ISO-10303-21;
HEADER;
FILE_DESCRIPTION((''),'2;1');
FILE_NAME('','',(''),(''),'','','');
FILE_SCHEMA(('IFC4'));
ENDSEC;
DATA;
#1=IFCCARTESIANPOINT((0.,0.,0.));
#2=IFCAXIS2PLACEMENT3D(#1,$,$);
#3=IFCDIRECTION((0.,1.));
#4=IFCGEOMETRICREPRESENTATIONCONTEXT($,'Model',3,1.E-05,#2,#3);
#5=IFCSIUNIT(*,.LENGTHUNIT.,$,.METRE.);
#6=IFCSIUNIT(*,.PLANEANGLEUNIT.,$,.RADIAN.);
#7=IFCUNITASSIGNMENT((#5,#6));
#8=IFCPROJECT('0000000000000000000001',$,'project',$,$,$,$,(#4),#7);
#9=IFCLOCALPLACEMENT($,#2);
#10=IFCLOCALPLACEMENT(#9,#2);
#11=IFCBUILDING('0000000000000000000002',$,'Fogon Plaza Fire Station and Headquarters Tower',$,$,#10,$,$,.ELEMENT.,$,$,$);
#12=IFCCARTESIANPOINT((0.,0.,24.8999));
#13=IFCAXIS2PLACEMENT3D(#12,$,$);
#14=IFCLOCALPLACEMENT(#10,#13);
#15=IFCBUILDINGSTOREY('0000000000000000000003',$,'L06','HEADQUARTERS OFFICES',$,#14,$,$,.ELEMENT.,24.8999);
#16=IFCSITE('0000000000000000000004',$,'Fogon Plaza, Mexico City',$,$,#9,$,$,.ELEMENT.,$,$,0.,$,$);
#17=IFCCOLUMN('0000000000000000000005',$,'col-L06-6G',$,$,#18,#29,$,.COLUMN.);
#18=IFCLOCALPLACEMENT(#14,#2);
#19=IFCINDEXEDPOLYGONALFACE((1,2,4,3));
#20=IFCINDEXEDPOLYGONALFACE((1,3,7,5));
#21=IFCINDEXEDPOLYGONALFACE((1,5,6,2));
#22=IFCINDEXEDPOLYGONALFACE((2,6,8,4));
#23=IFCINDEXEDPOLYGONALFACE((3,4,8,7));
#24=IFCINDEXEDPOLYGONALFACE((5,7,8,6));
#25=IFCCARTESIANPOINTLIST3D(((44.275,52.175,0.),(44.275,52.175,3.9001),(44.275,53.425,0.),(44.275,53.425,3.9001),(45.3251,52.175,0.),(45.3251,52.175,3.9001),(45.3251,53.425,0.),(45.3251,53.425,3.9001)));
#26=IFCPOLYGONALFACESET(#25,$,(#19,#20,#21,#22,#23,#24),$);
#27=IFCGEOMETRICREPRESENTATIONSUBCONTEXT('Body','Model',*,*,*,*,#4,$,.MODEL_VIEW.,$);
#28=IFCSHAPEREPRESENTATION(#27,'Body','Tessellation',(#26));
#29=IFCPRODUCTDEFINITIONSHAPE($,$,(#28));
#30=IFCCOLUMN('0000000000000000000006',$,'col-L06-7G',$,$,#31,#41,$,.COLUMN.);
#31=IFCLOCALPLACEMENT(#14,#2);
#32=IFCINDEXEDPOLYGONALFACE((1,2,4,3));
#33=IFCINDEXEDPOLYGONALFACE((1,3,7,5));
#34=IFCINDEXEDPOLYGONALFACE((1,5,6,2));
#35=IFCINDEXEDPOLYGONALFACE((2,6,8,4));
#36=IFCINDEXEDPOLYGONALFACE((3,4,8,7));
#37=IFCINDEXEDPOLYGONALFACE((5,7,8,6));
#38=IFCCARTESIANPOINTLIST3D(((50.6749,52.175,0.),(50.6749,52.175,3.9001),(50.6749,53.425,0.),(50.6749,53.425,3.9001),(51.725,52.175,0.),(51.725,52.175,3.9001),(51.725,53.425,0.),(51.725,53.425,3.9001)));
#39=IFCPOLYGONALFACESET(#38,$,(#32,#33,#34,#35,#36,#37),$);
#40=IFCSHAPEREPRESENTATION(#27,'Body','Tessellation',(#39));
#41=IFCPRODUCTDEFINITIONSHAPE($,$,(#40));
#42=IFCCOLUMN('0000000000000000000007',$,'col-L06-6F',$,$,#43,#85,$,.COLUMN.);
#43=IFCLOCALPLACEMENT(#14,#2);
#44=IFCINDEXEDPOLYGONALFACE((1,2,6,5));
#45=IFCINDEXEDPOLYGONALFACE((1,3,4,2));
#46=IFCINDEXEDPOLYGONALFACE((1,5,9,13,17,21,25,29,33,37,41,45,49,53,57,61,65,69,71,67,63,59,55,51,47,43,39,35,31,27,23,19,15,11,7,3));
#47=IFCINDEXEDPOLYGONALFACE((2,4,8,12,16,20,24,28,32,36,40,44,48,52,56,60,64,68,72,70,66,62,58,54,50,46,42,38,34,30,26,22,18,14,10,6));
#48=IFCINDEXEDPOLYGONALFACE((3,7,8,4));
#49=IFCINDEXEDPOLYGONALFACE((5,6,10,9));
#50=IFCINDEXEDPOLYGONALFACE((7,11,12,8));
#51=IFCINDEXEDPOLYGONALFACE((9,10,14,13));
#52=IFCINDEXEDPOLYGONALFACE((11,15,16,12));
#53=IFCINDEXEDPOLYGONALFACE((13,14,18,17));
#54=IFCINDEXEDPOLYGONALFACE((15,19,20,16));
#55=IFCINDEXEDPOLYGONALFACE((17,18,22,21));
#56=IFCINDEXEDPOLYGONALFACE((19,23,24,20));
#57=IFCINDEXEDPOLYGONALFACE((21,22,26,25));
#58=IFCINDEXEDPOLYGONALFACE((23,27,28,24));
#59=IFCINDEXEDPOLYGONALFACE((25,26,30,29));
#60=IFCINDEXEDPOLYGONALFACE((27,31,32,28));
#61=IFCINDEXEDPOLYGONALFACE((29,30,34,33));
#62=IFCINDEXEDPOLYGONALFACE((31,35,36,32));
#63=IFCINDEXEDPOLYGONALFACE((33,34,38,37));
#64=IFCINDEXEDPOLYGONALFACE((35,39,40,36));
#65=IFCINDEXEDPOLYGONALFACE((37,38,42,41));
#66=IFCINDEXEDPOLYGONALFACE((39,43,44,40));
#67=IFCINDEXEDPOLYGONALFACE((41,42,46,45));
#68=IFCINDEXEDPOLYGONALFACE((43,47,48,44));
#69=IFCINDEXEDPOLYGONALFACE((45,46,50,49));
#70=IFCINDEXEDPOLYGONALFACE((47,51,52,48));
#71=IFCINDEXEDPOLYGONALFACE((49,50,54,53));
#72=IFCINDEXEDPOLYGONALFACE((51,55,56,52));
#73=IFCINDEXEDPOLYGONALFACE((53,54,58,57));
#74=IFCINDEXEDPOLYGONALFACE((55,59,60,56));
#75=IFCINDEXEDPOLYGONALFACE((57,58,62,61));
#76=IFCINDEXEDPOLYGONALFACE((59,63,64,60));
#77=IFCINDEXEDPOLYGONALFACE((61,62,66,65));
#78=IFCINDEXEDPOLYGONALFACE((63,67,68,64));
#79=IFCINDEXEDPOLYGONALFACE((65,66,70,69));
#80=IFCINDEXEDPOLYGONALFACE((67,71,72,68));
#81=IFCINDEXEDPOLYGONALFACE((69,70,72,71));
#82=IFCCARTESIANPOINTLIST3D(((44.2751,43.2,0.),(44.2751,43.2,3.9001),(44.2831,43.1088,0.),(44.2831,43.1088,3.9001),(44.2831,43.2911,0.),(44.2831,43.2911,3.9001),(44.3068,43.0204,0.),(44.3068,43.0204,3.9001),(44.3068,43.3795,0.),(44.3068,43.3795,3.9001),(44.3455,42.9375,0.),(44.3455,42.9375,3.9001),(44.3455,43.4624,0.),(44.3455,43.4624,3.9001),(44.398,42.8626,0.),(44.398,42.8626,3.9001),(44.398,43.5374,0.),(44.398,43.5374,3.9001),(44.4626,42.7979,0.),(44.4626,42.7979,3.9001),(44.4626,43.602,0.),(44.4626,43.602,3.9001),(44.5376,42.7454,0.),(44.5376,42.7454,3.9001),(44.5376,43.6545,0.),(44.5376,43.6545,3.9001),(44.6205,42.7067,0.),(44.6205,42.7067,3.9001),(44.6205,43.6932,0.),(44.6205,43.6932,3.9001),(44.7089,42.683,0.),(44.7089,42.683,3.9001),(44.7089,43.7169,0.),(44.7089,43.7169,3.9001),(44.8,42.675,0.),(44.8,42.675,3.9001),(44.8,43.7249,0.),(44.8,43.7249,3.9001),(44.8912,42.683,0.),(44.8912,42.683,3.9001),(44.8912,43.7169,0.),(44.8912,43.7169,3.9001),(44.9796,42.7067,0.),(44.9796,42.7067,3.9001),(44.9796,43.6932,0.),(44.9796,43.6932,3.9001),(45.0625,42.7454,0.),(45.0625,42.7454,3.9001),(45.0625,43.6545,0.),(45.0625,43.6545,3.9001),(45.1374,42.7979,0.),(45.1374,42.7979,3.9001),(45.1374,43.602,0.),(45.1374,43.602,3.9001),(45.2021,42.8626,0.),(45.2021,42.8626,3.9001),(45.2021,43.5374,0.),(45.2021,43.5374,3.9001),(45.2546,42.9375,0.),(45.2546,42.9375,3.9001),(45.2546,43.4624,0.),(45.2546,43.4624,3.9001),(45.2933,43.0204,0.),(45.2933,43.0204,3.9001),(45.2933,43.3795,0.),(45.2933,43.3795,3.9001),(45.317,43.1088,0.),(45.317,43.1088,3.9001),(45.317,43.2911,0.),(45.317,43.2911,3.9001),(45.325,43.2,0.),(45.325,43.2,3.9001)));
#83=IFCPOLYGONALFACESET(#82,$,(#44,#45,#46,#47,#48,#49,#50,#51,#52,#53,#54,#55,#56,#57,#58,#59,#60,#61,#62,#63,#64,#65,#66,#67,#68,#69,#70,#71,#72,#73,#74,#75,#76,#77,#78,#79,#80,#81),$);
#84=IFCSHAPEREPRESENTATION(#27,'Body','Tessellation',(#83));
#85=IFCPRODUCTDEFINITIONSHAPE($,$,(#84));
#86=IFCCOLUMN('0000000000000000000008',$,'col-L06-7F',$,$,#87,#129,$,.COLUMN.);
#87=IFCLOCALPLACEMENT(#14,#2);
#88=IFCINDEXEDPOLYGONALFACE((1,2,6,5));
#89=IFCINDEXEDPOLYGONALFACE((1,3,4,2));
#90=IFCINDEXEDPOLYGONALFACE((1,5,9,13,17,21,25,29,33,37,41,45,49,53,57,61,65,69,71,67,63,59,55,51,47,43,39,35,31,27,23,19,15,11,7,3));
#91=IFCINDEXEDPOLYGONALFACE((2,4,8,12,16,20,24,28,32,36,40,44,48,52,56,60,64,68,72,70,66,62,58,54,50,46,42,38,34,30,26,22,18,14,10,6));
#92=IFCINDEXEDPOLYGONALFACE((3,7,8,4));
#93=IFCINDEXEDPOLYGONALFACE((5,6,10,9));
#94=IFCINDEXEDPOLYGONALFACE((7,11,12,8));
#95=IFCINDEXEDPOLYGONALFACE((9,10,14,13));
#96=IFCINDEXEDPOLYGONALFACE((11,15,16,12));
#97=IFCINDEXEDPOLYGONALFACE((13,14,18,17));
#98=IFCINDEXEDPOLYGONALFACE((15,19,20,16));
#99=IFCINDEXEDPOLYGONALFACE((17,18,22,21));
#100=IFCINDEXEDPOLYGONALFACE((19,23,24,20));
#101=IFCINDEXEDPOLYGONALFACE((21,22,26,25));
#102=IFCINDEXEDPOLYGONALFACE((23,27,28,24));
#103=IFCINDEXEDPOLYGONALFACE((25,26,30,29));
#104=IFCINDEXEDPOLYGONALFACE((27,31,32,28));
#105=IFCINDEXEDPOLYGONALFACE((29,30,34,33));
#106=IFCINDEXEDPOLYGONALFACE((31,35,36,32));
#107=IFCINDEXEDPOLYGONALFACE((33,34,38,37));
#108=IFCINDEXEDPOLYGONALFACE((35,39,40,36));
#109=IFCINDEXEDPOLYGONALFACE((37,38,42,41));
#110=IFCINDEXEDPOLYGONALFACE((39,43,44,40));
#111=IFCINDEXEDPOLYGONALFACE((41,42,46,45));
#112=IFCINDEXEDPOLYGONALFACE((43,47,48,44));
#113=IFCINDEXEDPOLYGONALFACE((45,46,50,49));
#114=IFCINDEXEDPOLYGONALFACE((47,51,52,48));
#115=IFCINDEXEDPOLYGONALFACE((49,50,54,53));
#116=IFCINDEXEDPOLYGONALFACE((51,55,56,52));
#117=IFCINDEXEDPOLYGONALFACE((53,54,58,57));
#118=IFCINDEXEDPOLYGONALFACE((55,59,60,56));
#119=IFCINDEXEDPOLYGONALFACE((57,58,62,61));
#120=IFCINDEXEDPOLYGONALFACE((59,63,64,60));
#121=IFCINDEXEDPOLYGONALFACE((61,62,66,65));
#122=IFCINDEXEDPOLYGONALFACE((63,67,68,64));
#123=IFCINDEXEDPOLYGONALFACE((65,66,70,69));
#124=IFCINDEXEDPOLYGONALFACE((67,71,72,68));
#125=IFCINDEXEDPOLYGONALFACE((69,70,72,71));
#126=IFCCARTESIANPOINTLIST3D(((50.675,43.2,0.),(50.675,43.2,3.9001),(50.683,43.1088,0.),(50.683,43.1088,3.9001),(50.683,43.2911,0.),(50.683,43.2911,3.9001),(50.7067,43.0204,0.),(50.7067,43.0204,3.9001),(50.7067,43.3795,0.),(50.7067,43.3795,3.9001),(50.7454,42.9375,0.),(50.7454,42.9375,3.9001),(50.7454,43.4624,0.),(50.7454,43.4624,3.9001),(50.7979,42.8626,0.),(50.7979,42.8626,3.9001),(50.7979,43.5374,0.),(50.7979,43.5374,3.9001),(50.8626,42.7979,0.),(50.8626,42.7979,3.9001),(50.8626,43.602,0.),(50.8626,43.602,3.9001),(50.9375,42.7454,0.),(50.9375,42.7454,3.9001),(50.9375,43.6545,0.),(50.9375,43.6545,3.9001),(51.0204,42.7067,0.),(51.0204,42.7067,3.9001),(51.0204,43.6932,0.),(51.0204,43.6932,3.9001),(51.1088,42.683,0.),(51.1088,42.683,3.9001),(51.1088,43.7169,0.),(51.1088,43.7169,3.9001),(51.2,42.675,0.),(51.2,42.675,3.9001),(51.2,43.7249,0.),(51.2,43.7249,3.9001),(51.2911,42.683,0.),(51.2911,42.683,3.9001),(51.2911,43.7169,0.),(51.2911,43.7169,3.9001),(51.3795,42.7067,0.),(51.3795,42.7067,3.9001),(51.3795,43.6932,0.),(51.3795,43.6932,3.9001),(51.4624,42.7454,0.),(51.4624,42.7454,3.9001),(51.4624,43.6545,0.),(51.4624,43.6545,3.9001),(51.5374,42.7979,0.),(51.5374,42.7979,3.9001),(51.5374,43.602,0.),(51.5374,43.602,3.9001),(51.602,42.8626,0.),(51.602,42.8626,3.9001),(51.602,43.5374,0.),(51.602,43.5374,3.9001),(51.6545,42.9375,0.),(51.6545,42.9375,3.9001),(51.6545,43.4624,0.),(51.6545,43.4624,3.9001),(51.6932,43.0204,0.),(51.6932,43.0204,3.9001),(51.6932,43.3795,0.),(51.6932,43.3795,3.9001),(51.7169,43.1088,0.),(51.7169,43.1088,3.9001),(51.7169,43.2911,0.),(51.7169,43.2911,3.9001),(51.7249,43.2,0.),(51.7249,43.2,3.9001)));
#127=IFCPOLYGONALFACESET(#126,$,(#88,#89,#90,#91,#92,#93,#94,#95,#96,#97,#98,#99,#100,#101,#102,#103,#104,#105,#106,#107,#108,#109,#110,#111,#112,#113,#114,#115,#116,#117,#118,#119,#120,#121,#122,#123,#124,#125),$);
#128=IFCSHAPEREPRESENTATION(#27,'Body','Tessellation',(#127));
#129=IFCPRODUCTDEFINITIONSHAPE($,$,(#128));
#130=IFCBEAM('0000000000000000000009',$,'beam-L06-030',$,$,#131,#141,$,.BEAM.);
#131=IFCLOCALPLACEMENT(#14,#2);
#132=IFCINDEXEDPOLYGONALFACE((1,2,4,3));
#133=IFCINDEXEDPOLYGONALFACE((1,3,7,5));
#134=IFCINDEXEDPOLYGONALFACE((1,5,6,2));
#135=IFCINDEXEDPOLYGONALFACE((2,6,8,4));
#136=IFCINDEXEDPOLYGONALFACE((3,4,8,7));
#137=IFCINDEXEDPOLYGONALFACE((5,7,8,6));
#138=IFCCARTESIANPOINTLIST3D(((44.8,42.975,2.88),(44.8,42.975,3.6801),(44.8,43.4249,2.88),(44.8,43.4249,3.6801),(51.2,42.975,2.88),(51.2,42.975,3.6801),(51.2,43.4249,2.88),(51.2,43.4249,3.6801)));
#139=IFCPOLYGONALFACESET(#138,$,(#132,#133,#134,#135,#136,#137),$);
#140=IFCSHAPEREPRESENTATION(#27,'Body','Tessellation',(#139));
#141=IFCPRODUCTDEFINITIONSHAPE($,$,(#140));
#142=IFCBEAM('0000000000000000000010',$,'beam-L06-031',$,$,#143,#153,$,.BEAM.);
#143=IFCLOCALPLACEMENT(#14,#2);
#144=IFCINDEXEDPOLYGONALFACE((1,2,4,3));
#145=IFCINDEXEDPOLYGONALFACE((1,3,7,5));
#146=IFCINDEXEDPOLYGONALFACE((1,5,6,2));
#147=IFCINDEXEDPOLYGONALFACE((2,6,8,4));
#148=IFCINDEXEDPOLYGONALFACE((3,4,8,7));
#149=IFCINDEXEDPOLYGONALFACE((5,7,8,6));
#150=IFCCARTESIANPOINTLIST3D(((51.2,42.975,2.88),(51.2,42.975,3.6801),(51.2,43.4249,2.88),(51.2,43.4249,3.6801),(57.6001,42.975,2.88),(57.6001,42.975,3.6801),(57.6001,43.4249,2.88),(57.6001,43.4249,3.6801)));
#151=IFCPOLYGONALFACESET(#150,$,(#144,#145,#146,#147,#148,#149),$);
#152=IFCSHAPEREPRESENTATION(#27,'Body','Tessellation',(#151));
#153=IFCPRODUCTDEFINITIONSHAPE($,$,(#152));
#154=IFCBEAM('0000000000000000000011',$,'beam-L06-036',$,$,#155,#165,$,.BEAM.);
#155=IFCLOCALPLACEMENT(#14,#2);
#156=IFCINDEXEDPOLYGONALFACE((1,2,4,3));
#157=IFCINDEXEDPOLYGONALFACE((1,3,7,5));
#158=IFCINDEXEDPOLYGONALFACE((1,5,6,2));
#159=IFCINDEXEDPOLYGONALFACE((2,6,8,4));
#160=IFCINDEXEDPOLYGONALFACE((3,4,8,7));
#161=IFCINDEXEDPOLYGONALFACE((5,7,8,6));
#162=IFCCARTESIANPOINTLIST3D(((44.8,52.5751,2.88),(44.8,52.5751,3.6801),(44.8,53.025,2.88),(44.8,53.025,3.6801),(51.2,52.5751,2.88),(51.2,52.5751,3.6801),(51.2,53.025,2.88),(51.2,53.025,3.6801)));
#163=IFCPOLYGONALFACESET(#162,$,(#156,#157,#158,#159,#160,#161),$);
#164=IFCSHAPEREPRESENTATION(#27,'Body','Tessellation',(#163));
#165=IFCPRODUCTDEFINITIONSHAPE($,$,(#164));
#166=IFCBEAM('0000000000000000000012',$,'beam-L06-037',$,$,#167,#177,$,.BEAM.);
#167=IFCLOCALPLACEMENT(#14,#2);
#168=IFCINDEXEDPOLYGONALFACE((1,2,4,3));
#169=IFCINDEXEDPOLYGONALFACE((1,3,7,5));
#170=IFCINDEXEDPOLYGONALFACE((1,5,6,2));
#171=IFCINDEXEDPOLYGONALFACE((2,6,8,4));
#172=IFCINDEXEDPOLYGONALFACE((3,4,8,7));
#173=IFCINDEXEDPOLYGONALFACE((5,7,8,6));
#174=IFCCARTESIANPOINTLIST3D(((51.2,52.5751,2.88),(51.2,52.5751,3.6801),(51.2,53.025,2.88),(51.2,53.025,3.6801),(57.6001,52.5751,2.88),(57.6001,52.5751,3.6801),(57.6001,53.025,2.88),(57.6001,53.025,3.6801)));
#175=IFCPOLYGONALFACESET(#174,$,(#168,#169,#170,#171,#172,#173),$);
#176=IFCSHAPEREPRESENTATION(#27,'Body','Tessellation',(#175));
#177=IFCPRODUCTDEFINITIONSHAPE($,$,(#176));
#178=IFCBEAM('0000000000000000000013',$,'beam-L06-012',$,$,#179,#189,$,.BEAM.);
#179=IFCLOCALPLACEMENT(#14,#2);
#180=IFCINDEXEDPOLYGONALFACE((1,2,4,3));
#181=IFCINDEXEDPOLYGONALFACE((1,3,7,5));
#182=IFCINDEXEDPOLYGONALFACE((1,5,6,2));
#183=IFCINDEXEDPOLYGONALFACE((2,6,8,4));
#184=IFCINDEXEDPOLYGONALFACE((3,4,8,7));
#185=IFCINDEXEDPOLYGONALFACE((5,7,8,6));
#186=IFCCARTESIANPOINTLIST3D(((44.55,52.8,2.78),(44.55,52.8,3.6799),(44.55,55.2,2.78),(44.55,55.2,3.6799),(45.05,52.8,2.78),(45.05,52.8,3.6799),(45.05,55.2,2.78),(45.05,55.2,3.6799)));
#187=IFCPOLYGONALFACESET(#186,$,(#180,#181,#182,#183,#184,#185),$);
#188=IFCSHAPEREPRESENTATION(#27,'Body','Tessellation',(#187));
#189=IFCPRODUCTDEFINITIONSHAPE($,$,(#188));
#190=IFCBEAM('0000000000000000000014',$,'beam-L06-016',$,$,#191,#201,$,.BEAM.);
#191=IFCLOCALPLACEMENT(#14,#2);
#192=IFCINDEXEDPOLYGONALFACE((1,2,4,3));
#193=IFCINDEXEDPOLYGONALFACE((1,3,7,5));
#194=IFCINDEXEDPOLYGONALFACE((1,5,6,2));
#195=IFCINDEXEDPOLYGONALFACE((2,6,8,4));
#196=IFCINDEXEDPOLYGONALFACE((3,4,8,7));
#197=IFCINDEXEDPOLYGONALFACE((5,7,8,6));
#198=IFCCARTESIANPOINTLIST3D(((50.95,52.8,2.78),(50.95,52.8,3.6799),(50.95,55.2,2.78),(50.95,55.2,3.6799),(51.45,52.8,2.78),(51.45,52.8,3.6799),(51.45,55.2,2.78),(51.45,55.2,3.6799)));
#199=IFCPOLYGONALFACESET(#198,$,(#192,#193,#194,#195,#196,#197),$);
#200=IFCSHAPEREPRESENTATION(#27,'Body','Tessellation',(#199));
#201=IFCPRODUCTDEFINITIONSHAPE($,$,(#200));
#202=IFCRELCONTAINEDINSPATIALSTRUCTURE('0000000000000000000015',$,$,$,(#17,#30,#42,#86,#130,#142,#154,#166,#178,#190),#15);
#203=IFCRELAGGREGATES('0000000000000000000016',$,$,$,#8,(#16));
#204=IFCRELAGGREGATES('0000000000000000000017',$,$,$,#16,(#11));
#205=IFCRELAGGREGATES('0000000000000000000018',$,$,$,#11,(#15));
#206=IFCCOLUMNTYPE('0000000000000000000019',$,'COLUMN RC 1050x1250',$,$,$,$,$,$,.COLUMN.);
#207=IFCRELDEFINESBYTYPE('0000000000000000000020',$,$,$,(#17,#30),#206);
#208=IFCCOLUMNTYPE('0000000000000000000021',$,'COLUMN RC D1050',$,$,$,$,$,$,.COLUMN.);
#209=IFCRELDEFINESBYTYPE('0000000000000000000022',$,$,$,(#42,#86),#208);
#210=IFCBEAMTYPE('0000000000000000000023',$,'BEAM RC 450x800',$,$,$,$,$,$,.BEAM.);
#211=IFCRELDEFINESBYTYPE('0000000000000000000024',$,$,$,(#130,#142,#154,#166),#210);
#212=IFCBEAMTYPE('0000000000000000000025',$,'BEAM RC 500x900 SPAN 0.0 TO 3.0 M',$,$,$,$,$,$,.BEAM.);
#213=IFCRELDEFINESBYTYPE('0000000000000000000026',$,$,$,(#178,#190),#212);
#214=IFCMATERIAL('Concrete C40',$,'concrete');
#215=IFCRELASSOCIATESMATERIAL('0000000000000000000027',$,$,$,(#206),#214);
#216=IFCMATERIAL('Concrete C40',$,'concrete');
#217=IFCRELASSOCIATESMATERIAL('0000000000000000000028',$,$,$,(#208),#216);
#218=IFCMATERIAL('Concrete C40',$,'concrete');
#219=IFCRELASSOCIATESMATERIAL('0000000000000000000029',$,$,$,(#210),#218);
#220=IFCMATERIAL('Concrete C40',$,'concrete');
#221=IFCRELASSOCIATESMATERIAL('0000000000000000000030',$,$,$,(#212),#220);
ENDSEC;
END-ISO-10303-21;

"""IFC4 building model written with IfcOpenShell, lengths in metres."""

from ifc_helpers import new_model, si_unit, direction, frame, origin, origin_2d, place, context, subcontext, project, spatial, rectangle, circle, extrude, material, material_profile, profile_set, type_object, element, save


model = new_model("IFC4")

# Units and contexts
model_context = context("Model", 3, precision=1e-05, world=origin(), true_north=direction((0.0, 1.0)))
body_context = subcontext(model_context, "Body", "Model", "MODEL_VIEW")
ifc_project = project(units=[si_unit("LENGTHUNIT", "METRE"), si_unit("PLANEANGLEUNIT", "RADIAN")], contexts=[model_context])

# Site, building, storey
site_placement = place(None, origin())
site = spatial("IfcSite", under=ifc_project, at=site_placement, Name="Fogon Plaza, Mexico City", CompositionType="ELEMENT", RefElevation=0.0)
building_placement = place(site_placement, origin())
building = spatial("IfcBuilding", under=site, at=building_placement, Name="Fogon Plaza Fire Station and Headquarters Tower", CompositionType="ELEMENT")
storey_placement = place(building_placement, frame((0.0, 0.0, 24.8999)))
storey = spatial("IfcBuildingStorey", under=building, at=storey_placement, Name="L06", Description="HEADQUARTERS OFFICES", CompositionType="ELEMENT", Elevation=24.8999)

# Columns
ifc_material_1 = material(Name="Concrete C40", Category="concrete")
ifc_material_profile_1 = material_profile(ifc_material_1, rectangle(XDim=1.05, YDim=1.25, at=origin_2d()), Name="RC 1050x1250")
ifc_profile_set_1 = profile_set([ifc_material_profile_1], Name="Concrete C40")
column_type_1 = type_object("IfcColumnType", Name="COLUMN RC 1050x1250", PredefinedType="COLUMN", material=ifc_profile_set_1)
for number, where, z_axis, x_axis, name in (
    (1, (44.8, 52.8, 0.0), (0.0, 0.0, 1.0), (1.0, 0.0, 0.0), "col-L06-6G"),
    (2, (51.2, 52.8, 0.0), (0.0, 0.0, 1.0), (1.0, 0.0, 0.0), "col-L06-7G"),
):
    element("IfcColumn", number, at=place(storey_placement, frame(where, z_axis=z_axis, x_axis=x_axis)), inside=storey, type_object=column_type_1, Name=name, PredefinedType="COLUMN", context=body_context, shape_type="SweptSolid", body=[
        extrude(rectangle(XDim=1.05, YDim=1.25, at=origin_2d()), origin(), (0.0, 0.0, 1.0), 3.9001),
    ])
ifc_material_2 = material(Name="Concrete C40", Category="concrete")
ifc_material_profile_2 = material_profile(ifc_material_2, circle(Radius=0.5249, at=origin_2d()), Name="RC D1050")
ifc_profile_set_2 = profile_set([ifc_material_profile_2], Name="Concrete C40")
column_type_2 = type_object("IfcColumnType", Name="COLUMN RC D1050", PredefinedType="COLUMN", material=ifc_profile_set_2)
for number, where, z_axis, x_axis, name in (
    (3, (44.8, 43.2, 0.0), (0.0, 0.0, 1.0), (1.0, 0.0, 0.0), "col-L06-6F"),
    (4, (51.2, 43.2, 0.0), (0.0, 0.0, 1.0), (1.0, 0.0, 0.0), "col-L06-7F"),
):
    element("IfcColumn", number, at=place(storey_placement, frame(where, z_axis=z_axis, x_axis=x_axis)), inside=storey, type_object=column_type_2, Name=name, PredefinedType="COLUMN", context=body_context, shape_type="SweptSolid", body=[
        extrude(circle(Radius=0.5249, at=origin_2d()), origin(), (0.0, 0.0, 1.0), 3.9001),
    ])

# Beams
ifc_material_3 = material(Name="Concrete C40", Category="concrete")
ifc_material_profile_3 = material_profile(ifc_material_3, rectangle(XDim=0.45, YDim=0.8, at=origin_2d()), Name="RC 450x800")
ifc_profile_set_3 = profile_set([ifc_material_profile_3], Name="Concrete C40")
beam_type_1 = type_object("IfcBeamType", Name="BEAM RC 450x800", PredefinedType="BEAM", material=ifc_profile_set_3)
beam_1_placement = place(storey_placement, frame((44.8, 43.2, 3.28), z_axis=(1.0, 0.0, 0.0), x_axis=(0.0, 1.0, 0.0)))
element("IfcBeam", 5, at=beam_1_placement, inside=storey, type_object=beam_type_1, Name="beam-L06-030", PredefinedType="BEAM", context=body_context, shape_type="SweptSolid", body=[
    extrude(rectangle(XDim=0.45, YDim=0.8, at=origin_2d()), origin(), (0.0, 0.0, 1.0), 6.3999),
])
beam_2_placement = place(storey_placement, frame((51.2, 43.2, 3.28), z_axis=(1.0, 0.0, 0.0), x_axis=(0.0, 1.0, 0.0)))
element("IfcBeam", 6, at=beam_2_placement, inside=storey, type_object=beam_type_1, Name="beam-L06-031", PredefinedType="BEAM", context=body_context, shape_type="SweptSolid", body=[
    extrude(rectangle(XDim=0.45, YDim=0.8, at=origin_2d()), origin(), (0.0, 0.0, 1.0), 6.4001),
])
beam_3_placement = place(storey_placement, frame((44.8, 52.8, 3.28), z_axis=(1.0, 0.0, 0.0), x_axis=(0.0, 1.0, 0.0)))
element("IfcBeam", 7, at=beam_3_placement, inside=storey, type_object=beam_type_1, Name="beam-L06-036", PredefinedType="BEAM", context=body_context, shape_type="SweptSolid", body=[
    extrude(rectangle(XDim=0.45, YDim=0.8, at=origin_2d()), origin(), (0.0, 0.0, 1.0), 6.3999),
])
beam_4_placement = place(storey_placement, frame((51.2, 52.8, 3.28), z_axis=(1.0, 0.0, 0.0), x_axis=(0.0, 1.0, 0.0)))
element("IfcBeam", 8, at=beam_4_placement, inside=storey, type_object=beam_type_1, Name="beam-L06-037", PredefinedType="BEAM", context=body_context, shape_type="SweptSolid", body=[
    extrude(rectangle(XDim=0.45, YDim=0.8, at=origin_2d()), origin(), (0.0, 0.0, 1.0), 6.4001),
])
ifc_material_4 = material(Name="Concrete C40", Category="concrete")
ifc_material_profile_4 = material_profile(ifc_material_4, rectangle(XDim=0.5, YDim=0.8999, at=origin_2d()), Name="RC 500x900")
ifc_profile_set_4 = profile_set([ifc_material_profile_4], Name="Concrete C40")
beam_type_2 = type_object("IfcBeamType", Name="BEAM RC 500x900 SPAN 0.0 TO 3.0 M", PredefinedType="BEAM", material=ifc_profile_set_4)
for number, where, z_axis, x_axis, name in (
    (9, (44.8, 52.8, 3.23), (0.0, 1.0, 0.0), (-1.0, 0.0, 0.0), "beam-L06-012"),
    (10, (51.2, 52.8, 3.23), (0.0, 1.0, 0.0), (-1.0, 0.0, 0.0), "beam-L06-016"),
):
    element("IfcBeam", number, at=place(storey_placement, frame(where, z_axis=z_axis, x_axis=x_axis)), inside=storey, type_object=beam_type_2, Name=name, PredefinedType="BEAM", context=body_context, shape_type="SweptSolid", body=[
        extrude(rectangle(XDim=0.5, YDim=0.8999, at=origin_2d()), origin(), (0.0, 0.0, 1.0), 2.3999),
    ])

save(model, "model.ifc")
